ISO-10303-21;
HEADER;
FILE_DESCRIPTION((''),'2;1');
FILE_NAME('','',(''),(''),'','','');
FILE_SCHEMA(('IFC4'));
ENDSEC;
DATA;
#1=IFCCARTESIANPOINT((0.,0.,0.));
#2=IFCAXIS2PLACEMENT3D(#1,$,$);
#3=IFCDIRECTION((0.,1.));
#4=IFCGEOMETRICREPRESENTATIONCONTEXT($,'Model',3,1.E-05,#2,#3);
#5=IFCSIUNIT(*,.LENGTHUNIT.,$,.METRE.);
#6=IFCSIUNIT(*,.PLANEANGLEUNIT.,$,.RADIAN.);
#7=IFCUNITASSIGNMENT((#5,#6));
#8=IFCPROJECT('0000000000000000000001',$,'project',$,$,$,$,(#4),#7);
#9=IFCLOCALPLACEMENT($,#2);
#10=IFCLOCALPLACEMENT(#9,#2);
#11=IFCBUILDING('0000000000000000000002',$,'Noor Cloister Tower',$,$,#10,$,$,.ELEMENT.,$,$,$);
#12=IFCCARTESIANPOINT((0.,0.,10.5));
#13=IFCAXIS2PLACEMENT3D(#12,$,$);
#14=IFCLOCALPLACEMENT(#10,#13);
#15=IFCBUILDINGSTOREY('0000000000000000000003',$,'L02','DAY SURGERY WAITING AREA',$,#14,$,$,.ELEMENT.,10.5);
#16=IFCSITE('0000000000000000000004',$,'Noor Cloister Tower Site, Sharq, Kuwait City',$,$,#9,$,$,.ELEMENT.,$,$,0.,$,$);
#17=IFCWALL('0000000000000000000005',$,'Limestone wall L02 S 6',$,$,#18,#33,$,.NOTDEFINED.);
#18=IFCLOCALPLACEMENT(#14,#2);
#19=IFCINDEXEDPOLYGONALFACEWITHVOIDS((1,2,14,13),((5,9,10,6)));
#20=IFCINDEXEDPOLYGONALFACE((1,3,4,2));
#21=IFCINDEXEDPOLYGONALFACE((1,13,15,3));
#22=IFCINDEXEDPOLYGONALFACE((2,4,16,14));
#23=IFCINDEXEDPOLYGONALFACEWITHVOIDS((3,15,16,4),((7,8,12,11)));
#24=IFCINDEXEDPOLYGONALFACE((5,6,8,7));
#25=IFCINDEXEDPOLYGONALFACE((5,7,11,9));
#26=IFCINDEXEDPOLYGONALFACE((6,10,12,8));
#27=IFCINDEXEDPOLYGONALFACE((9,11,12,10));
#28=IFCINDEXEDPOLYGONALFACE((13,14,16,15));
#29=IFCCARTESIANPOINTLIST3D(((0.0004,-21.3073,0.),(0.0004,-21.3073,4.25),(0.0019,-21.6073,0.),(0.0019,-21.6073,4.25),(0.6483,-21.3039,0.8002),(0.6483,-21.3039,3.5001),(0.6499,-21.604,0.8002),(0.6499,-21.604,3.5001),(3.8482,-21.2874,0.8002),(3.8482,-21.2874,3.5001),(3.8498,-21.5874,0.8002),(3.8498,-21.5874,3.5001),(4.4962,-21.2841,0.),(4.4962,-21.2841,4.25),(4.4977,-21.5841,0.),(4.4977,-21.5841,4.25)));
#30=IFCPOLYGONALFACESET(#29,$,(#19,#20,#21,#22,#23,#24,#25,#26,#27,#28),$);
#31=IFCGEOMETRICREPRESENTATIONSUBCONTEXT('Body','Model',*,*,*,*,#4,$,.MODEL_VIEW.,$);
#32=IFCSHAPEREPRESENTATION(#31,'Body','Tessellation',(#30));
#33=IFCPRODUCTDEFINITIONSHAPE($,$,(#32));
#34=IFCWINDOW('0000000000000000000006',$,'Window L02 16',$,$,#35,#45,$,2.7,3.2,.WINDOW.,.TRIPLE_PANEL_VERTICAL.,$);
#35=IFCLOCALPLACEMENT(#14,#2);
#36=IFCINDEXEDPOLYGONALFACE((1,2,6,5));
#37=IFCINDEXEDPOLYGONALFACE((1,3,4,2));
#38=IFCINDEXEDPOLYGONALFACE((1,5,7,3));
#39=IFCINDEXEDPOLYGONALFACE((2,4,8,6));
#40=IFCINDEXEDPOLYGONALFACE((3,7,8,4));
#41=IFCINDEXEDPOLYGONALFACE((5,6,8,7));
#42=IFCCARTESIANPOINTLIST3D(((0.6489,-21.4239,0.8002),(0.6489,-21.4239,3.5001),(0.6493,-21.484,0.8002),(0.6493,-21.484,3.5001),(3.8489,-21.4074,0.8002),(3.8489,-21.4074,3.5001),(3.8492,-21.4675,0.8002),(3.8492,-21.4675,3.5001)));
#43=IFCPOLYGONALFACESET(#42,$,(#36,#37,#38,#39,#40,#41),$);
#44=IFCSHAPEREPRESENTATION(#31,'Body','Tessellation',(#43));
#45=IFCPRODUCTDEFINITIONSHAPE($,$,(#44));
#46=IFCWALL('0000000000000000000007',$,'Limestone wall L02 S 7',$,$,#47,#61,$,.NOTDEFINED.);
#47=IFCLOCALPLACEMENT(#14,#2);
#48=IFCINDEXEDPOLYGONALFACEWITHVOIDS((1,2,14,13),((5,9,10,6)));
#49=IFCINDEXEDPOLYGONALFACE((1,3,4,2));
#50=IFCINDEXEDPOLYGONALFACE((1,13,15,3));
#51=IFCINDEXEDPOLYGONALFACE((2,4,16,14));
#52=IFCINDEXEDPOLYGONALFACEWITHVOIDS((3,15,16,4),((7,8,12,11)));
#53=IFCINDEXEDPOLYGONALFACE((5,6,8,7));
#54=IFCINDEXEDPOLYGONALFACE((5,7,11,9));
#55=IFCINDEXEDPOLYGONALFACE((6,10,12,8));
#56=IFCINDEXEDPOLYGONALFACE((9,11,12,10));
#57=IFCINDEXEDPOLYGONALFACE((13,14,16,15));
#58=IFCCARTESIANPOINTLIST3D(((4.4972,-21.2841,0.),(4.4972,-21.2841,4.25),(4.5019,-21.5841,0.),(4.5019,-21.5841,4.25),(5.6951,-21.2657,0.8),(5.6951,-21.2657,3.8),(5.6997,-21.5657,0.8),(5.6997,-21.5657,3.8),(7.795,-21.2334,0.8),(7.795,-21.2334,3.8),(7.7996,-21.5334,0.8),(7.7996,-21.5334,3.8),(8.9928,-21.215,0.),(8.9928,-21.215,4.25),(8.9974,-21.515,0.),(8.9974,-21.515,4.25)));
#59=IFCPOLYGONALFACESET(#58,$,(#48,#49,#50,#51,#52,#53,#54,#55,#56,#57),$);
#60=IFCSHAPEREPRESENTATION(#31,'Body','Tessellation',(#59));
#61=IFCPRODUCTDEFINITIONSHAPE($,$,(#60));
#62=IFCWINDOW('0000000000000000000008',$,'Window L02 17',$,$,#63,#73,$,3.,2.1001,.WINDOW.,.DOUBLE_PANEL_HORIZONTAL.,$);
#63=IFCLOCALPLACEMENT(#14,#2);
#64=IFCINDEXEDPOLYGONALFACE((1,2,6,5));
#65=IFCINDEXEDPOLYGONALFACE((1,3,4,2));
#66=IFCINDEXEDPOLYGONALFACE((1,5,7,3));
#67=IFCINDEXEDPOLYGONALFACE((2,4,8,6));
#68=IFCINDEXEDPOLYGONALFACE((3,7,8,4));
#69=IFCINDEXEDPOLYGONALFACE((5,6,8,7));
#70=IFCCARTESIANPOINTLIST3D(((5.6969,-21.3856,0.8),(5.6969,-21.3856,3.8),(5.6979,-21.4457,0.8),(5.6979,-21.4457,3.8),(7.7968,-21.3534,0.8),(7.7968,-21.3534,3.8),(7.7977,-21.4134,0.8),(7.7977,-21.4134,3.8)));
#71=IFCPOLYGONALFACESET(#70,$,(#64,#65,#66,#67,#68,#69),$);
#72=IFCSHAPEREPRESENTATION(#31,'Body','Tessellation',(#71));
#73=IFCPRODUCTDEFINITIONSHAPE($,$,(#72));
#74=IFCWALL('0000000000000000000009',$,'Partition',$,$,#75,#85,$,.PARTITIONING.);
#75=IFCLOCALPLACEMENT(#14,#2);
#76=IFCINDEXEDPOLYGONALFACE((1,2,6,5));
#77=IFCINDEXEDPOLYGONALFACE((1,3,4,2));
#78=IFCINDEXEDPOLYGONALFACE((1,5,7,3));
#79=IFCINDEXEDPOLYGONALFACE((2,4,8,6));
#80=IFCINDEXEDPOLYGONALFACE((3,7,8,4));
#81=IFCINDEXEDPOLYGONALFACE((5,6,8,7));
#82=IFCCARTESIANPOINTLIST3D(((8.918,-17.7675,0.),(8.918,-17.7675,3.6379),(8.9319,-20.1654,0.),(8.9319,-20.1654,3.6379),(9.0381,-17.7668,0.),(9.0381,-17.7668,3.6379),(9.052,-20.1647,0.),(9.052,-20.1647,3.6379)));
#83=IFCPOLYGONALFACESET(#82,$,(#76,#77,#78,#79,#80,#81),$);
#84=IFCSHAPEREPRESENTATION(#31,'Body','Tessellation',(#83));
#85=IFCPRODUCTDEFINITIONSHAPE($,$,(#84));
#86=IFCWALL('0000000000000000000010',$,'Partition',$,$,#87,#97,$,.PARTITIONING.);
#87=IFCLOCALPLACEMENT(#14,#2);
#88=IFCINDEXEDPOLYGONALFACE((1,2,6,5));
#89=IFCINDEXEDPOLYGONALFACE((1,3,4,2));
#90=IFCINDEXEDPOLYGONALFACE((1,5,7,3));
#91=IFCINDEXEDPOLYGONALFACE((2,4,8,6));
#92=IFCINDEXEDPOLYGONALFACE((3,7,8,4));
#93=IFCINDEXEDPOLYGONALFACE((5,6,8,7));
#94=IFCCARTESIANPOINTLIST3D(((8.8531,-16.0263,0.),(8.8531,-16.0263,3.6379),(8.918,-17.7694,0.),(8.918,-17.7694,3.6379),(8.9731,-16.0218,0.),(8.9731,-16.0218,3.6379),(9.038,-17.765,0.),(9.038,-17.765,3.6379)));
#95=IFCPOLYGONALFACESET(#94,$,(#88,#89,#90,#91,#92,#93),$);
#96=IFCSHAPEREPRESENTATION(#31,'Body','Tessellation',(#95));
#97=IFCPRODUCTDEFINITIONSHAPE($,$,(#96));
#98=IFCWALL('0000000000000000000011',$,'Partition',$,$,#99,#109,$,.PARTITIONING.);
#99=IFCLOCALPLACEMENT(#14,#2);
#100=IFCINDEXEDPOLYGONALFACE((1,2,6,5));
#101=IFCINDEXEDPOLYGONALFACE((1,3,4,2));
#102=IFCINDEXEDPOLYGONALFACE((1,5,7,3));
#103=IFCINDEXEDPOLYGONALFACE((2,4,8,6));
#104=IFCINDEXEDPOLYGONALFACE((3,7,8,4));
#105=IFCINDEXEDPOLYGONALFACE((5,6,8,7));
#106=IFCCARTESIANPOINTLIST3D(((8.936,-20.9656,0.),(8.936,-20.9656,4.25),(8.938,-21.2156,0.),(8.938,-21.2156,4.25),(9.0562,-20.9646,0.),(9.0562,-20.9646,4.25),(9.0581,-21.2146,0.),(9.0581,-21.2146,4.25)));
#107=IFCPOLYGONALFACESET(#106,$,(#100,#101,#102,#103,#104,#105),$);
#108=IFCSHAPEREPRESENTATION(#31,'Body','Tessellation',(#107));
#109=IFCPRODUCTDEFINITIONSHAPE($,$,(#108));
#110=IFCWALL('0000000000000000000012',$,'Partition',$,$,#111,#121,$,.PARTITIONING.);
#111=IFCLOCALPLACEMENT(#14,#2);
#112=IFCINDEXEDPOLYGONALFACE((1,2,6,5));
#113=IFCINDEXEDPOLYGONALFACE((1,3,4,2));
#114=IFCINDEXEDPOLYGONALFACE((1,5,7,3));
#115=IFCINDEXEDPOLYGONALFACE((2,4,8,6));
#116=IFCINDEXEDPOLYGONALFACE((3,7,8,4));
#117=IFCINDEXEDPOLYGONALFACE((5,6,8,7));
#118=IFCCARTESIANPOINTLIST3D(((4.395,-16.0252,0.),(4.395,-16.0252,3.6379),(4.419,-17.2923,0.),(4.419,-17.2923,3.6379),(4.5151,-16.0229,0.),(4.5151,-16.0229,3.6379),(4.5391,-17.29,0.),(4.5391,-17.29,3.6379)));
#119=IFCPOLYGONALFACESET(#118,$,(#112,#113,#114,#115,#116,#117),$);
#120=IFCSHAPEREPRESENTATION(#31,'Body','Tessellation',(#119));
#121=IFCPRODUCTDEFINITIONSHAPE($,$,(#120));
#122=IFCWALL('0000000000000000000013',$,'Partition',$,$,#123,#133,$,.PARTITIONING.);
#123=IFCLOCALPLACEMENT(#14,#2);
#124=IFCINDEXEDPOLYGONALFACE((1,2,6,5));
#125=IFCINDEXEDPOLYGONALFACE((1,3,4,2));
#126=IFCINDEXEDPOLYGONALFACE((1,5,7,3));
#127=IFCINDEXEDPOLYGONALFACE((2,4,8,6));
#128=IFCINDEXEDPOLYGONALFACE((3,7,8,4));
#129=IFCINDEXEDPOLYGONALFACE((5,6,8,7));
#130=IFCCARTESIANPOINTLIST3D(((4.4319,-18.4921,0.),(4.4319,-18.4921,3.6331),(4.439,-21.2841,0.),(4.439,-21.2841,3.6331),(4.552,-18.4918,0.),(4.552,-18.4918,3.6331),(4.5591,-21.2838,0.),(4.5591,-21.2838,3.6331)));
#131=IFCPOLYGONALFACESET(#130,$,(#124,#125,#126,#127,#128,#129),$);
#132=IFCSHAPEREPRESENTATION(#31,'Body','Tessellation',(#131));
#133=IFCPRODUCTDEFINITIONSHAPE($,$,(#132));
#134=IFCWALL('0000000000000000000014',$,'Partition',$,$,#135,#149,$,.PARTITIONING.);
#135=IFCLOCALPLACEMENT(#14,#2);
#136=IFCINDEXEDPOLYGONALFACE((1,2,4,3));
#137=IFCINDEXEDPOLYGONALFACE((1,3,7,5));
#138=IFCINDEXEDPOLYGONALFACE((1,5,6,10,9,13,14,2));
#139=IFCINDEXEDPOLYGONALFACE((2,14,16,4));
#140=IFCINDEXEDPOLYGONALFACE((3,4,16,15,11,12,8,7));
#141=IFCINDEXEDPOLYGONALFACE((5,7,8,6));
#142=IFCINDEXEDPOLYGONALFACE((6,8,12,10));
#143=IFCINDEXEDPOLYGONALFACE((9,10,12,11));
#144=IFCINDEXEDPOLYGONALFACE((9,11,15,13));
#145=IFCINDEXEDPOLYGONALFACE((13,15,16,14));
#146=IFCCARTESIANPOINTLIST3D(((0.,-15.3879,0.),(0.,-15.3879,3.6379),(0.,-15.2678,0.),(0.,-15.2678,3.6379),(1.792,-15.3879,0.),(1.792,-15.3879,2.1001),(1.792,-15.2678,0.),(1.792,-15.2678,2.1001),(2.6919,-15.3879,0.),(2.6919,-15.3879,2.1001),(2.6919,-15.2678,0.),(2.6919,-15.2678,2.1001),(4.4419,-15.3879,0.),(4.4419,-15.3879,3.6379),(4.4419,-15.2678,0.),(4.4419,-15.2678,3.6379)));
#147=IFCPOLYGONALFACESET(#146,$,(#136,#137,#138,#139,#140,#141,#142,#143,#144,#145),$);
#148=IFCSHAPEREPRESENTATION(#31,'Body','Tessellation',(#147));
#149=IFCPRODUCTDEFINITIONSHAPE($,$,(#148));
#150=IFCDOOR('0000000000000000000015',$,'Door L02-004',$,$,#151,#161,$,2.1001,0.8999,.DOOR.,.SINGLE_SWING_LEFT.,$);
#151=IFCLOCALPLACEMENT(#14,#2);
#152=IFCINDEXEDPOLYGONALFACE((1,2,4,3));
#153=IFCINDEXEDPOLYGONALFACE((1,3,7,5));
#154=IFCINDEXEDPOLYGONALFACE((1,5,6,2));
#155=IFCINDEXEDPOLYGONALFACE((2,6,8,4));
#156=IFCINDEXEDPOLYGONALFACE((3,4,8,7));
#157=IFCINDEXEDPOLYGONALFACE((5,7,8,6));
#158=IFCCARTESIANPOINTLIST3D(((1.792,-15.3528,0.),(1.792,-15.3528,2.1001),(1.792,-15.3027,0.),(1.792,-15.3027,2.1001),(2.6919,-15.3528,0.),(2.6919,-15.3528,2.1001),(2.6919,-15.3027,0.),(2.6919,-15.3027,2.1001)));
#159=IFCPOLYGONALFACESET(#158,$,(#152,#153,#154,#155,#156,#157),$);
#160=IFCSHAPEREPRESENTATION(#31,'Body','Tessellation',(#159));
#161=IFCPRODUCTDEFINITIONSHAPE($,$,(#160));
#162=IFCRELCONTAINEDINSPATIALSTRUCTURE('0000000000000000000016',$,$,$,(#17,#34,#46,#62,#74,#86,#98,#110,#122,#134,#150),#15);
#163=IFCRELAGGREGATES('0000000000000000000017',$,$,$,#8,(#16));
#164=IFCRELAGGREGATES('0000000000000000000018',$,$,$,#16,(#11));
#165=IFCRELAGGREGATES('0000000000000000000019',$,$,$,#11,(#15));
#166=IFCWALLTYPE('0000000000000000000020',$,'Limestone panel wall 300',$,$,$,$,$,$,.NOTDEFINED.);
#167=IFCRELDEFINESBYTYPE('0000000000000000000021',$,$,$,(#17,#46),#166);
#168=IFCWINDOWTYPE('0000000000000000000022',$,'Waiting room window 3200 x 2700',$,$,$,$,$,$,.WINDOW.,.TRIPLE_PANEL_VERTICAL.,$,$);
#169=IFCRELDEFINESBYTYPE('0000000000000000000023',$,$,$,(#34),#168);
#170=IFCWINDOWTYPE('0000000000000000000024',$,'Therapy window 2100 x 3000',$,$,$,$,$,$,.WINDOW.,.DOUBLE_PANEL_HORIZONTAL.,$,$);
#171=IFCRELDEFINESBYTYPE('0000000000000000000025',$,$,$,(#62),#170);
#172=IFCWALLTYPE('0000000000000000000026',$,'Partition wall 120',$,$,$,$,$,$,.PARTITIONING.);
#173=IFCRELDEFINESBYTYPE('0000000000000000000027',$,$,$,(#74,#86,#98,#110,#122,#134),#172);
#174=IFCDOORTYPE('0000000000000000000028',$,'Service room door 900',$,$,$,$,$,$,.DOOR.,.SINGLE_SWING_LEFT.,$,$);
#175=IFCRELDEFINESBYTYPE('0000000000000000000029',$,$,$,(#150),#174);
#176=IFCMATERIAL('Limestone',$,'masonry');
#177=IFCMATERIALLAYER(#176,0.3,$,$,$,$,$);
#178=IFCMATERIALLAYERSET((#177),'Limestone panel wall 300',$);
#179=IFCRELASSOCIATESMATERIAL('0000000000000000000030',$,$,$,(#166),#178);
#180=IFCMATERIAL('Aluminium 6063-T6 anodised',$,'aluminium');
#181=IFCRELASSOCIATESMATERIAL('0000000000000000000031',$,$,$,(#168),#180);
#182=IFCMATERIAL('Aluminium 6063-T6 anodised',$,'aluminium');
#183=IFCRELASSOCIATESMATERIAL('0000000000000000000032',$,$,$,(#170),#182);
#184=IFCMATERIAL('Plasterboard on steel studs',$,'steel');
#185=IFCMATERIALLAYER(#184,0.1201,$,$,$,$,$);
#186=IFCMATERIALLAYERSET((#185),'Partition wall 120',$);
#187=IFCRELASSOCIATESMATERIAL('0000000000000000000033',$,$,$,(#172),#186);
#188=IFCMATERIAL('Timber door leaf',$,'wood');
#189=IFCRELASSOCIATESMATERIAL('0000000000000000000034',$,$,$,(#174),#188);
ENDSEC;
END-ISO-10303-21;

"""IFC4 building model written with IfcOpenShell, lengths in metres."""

from ifc_helpers import new_model, si_unit, direction, frame, frame_2d, origin, place, context, subcontext, project, spatial, rectangle, extrude, material, layer, layer_set, type_object, element, fill, save


model = new_model("IFC4")

# Units and contexts
model_context = context("Model", 3, precision=1e-05, world=origin(), true_north=direction((0.0, 1.0)))
body_context = subcontext(model_context, "Body", "Model", "MODEL_VIEW")
ifc_project = project(units=[si_unit("LENGTHUNIT", "METRE"), si_unit("PLANEANGLEUNIT", "RADIAN")], contexts=[model_context])

# Site, building, storey
site_placement = place(None, origin())
site = spatial("IfcSite", under=ifc_project, at=site_placement, Name="Noor Cloister Tower Site, Sharq, Kuwait City", CompositionType="ELEMENT", RefElevation=0.0)
building_placement = place(site_placement, origin())
building = spatial("IfcBuilding", under=site, at=building_placement, Name="Noor Cloister Tower", CompositionType="ELEMENT")
storey_placement = place(building_placement, frame((0.0, 0.0, 10.5)))
storey = spatial("IfcBuildingStorey", under=building, at=storey_placement, Name="L02", Description="DAY SURGERY WAITING AREA", CompositionType="ELEMENT", Elevation=10.5)

# Walls, openings, windows
ifc_material_1 = material(Name="Limestone", Category="masonry")
ifc_layer_1 = layer(ifc_material_1, 0.3)
ifc_layer_set_1 = layer_set([ifc_layer_1], Name="Limestone panel wall 300")
wall_type_1 = type_object("IfcWallType", Name="Limestone panel wall 300", PredefinedType="NOTDEFINED", material=ifc_layer_set_1)
wall_1_placement = place(storey_placement, frame((4.4971, -21.4341, 0.0), z_axis=(0.0, 0.0, 1.0), x_axis=(-0.999987, -0.005159, 0.0)))
wall_1 = element("IfcWall", 1, at=wall_1_placement, inside=storey, type_object=wall_type_1, Name="Limestone wall L02 S 6", PredefinedType="NOTDEFINED", context=body_context, shape_type="SweptSolid", body=[
    extrude(rectangle(XDim=4.4958, YDim=0.3, at=frame_2d((2.248, 0.0))), origin(), (0.0, 0.0, 1.0), 4.25),
])
opening_1_placement = place(wall_1_placement, frame((0.6479, 0.0, 0.8)))
opening_1 = element("IfcOpeningElement", 2, at=opening_1_placement, cuts=wall_1, PredefinedType="OPENING", context=body_context, shape_type="SweptSolid", body=[
    extrude(rectangle(XDim=3.2, YDim=2.7, at=frame_2d((1.6001, 1.3501))), frame((0.0, 0.1602, 0.0), z_axis=(0.0, -1.0, 0.0), x_axis=(1.0, 0.0, 0.0)), (0.0, 0.0, 1.0), 0.3201),
])
ifc_material_2 = material(Name="Aluminium 6063-T6 anodised", Category="aluminium")
window_type_1 = type_object("IfcWindowType", Name="Waiting room window 3200 x 2700", PartitioningType="TRIPLE_PANEL_VERTICAL", PredefinedType="WINDOW", material=ifc_material_2)
window_1_placement = place(opening_1_placement, origin())
window_1 = element("IfcWindow", 3, at=window_1_placement, inside=storey, type_object=window_type_1, Name="Window L02 16", OverallHeight=2.7, OverallWidth=3.2, PartitioningType="TRIPLE_PANEL_VERTICAL", PredefinedType="WINDOW", context=body_context, shape_type="SweptSolid", body=[
    extrude(rectangle(XDim=3.2, YDim=2.7, at=frame_2d((1.6001, 1.3501))), frame((0.0, 0.03, 0.0), z_axis=(0.0, -1.0, 0.0), x_axis=(1.0, 0.0, 0.0)), (0.0, 0.0, 1.0), 0.0601),
])
fill(opening_1, window_1)
wall_2_placement = place(storey_placement, frame((8.9951, -21.365, 0.0), z_axis=(0.0, 0.0, 1.0), x_axis=(-0.999882, -0.015367, 0.0)))
wall_2 = element("IfcWall", 4, at=wall_2_placement, inside=storey, type_object=wall_type_1, Name="Limestone wall L02 S 7", PredefinedType="NOTDEFINED", context=body_context, shape_type="SweptSolid", body=[
    extrude(rectangle(XDim=4.4961, YDim=0.3, at=frame_2d((2.248, 0.0))), origin(), (0.0, 0.0, 1.0), 4.25),
])
opening_2_placement = place(wall_2_placement, frame((1.198, 0.0, 0.8)))
opening_2 = element("IfcOpeningElement", 5, at=opening_2_placement, cuts=wall_2, PredefinedType="OPENING", context=body_context, shape_type="SweptSolid", body=[
    extrude(rectangle(XDim=2.1001, YDim=3.0, at=frame_2d((1.05, 1.5))), frame((0.0, 0.1602, 0.0), z_axis=(0.0, -1.0, 0.0), x_axis=(1.0, 0.0, 0.0)), (0.0, 0.0, 1.0), 0.3201),
])
ifc_material_3 = material(Name="Aluminium 6063-T6 anodised", Category="aluminium")
window_type_2 = type_object("IfcWindowType", Name="Therapy window 2100 x 3000", PartitioningType="DOUBLE_PANEL_HORIZONTAL", PredefinedType="WINDOW", material=ifc_material_3)
window_2_placement = place(opening_2_placement, origin())
window_2 = element("IfcWindow", 6, at=window_2_placement, inside=storey, type_object=window_type_2, Name="Window L02 17", OverallHeight=3.0, OverallWidth=2.1001, PartitioningType="DOUBLE_PANEL_HORIZONTAL", PredefinedType="WINDOW", context=body_context, shape_type="SweptSolid", body=[
    extrude(rectangle(XDim=2.1001, YDim=3.0, at=frame_2d((1.05, 1.5))), frame((0.0, 0.03, 0.0), z_axis=(0.0, -1.0, 0.0), x_axis=(1.0, 0.0, 0.0)), (0.0, 0.0, 1.0), 0.0601),
])
fill(opening_2, window_2)

# Walls
ifc_material_4 = material(Name="Plasterboard on steel studs", Category="steel")
ifc_layer_2 = layer(ifc_material_4, 0.1201)
ifc_layer_set_2 = layer_set([ifc_layer_2], Name="Partition wall 120")
wall_type_2 = type_object("IfcWallType", Name="Partition wall 120", PredefinedType="PARTITIONING", material=ifc_layer_set_2)
wall_3_placement = place(storey_placement, frame((8.9919, -20.165, 0.0), z_axis=(0.0, 0.0, 1.0), x_axis=(-0.005803, 0.999983, 0.0)))
element("IfcWall", 7, at=wall_3_placement, inside=storey, type_object=wall_type_2, Name="Partition", PredefinedType="PARTITIONING", context=body_context, shape_type="SweptSolid", body=[
    extrude(rectangle(XDim=2.3979, YDim=0.1201, at=frame_2d((1.199, 0.0))), origin(), (0.0, 0.0, 1.0), 3.6379),
])
wall_4_placement = place(storey_placement, frame((8.978, -17.7671, 0.0), z_axis=(0.0, 0.0, 1.0), x_axis=(-0.037229, 0.999307, 0.0)))
element("IfcWall", 8, at=wall_4_placement, inside=storey, type_object=wall_type_2, Name="Partition", PredefinedType="PARTITIONING", context=body_context, shape_type="SweptSolid", body=[
    extrude(rectangle(XDim=1.7444, YDim=0.1201, at=frame_2d((0.8721, 0.0))), origin(), (0.0, 0.0, 1.0), 3.6379),
])
wall_5_placement = place(storey_placement, frame((8.998, -21.2151, 0.0), z_axis=(0.0, 0.0, 1.0), x_axis=(-0.007812, 0.999969, 0.0)))
element("IfcWall", 9, at=wall_5_placement, inside=storey, type_object=wall_type_2, Name="Partition", PredefinedType="PARTITIONING", context=body_context, shape_type="SweptSolid", body=[
    extrude(rectangle(XDim=0.25, YDim=0.1201, at=frame_2d((0.125, 0.0))), origin(), (0.0, 0.0, 1.0), 4.25),
])
wall_6_placement = place(storey_placement, frame((4.4551, -16.0239, 0.0), z_axis=(0.0, 0.0, 1.0), x_axis=(0.018879, -0.999822, 0.0)))
element("IfcWall", 10, at=wall_6_placement, inside=storey, type_object=wall_type_2, Name="Partition", PredefinedType="PARTITIONING", context=body_context, shape_type="SweptSolid", body=[
    extrude(rectangle(XDim=1.2673, YDim=0.1201, at=frame_2d((0.6338, 0.0))), origin(), (0.0, 0.0, 1.0), 3.6379),
])
wall_7_placement = place(storey_placement, frame((4.4919, -18.4919, 0.0), z_axis=(0.0, 0.0, 1.0), x_axis=(0.002536, -0.999997, 0.0)))
element("IfcWall", 11, at=wall_7_placement, inside=storey, type_object=wall_type_2, Name="Partition", PredefinedType="PARTITIONING", context=body_context, shape_type="SweptSolid", body=[
    extrude(rectangle(XDim=2.792, YDim=0.1201, at=frame_2d((1.396, 0.0))), origin(), (0.0, 0.0, 1.0), 3.6331),
])

# Wall, opening, door
wall_8_placement = place(storey_placement, frame((4.4419, -15.3279, 0.0), z_axis=(0.0, 0.0, 1.0), x_axis=(-1.0, 0.0, 0.0)))
wall_8 = element("IfcWall", 12, at=wall_8_placement, inside=storey, type_object=wall_type_2, Name="Partition", PredefinedType="PARTITIONING", context=body_context, shape_type="SweptSolid", body=[
    extrude(rectangle(XDim=4.4419, YDim=0.1201, at=frame_2d((2.2209, 0.0))), origin(), (0.0, 0.0, 1.0), 3.6379),
])
opening_3_placement = place(wall_8_placement, frame((1.75, 0.0, 0.0)))
opening_3 = element("IfcOpeningElement", 13, at=opening_3_placement, cuts=wall_8, PredefinedType="OPENING", context=body_context, shape_type="SweptSolid", body=[
    extrude(rectangle(XDim=0.8999, YDim=2.1001, at=frame_2d((0.45, 1.05))), frame((0.0, 0.0701, 0.0), z_axis=(0.0, -1.0, 0.0), x_axis=(1.0, 0.0, 0.0)), (0.0, 0.0, 1.0), 0.1401),
])
ifc_material_5 = material(Name="Timber door leaf", Category="wood")
door_type_1 = type_object("IfcDoorType", Name="Service room door 900", OperationType="SINGLE_SWING_LEFT", PredefinedType="DOOR", material=ifc_material_5)
door_1_placement = place(opening_3_placement, origin())
door_1 = element("IfcDoor", 14, at=door_1_placement, inside=storey, type_object=door_type_1, Name="Door L02-004", OperationType="SINGLE_SWING_LEFT", OverallHeight=2.1001, OverallWidth=0.8999, PredefinedType="DOOR", context=body_context, shape_type="SweptSolid", body=[
    extrude(rectangle(XDim=0.8999, YDim=2.1001, at=frame_2d((0.45, 1.05))), frame((0.0, 0.0249, 0.0), z_axis=(0.0, -1.0, 0.0), x_axis=(1.0, 0.0, 0.0)), (0.0, 0.0, 1.0), 0.05),
])
fill(opening_3, door_1)

save(model, "model.ifc")
